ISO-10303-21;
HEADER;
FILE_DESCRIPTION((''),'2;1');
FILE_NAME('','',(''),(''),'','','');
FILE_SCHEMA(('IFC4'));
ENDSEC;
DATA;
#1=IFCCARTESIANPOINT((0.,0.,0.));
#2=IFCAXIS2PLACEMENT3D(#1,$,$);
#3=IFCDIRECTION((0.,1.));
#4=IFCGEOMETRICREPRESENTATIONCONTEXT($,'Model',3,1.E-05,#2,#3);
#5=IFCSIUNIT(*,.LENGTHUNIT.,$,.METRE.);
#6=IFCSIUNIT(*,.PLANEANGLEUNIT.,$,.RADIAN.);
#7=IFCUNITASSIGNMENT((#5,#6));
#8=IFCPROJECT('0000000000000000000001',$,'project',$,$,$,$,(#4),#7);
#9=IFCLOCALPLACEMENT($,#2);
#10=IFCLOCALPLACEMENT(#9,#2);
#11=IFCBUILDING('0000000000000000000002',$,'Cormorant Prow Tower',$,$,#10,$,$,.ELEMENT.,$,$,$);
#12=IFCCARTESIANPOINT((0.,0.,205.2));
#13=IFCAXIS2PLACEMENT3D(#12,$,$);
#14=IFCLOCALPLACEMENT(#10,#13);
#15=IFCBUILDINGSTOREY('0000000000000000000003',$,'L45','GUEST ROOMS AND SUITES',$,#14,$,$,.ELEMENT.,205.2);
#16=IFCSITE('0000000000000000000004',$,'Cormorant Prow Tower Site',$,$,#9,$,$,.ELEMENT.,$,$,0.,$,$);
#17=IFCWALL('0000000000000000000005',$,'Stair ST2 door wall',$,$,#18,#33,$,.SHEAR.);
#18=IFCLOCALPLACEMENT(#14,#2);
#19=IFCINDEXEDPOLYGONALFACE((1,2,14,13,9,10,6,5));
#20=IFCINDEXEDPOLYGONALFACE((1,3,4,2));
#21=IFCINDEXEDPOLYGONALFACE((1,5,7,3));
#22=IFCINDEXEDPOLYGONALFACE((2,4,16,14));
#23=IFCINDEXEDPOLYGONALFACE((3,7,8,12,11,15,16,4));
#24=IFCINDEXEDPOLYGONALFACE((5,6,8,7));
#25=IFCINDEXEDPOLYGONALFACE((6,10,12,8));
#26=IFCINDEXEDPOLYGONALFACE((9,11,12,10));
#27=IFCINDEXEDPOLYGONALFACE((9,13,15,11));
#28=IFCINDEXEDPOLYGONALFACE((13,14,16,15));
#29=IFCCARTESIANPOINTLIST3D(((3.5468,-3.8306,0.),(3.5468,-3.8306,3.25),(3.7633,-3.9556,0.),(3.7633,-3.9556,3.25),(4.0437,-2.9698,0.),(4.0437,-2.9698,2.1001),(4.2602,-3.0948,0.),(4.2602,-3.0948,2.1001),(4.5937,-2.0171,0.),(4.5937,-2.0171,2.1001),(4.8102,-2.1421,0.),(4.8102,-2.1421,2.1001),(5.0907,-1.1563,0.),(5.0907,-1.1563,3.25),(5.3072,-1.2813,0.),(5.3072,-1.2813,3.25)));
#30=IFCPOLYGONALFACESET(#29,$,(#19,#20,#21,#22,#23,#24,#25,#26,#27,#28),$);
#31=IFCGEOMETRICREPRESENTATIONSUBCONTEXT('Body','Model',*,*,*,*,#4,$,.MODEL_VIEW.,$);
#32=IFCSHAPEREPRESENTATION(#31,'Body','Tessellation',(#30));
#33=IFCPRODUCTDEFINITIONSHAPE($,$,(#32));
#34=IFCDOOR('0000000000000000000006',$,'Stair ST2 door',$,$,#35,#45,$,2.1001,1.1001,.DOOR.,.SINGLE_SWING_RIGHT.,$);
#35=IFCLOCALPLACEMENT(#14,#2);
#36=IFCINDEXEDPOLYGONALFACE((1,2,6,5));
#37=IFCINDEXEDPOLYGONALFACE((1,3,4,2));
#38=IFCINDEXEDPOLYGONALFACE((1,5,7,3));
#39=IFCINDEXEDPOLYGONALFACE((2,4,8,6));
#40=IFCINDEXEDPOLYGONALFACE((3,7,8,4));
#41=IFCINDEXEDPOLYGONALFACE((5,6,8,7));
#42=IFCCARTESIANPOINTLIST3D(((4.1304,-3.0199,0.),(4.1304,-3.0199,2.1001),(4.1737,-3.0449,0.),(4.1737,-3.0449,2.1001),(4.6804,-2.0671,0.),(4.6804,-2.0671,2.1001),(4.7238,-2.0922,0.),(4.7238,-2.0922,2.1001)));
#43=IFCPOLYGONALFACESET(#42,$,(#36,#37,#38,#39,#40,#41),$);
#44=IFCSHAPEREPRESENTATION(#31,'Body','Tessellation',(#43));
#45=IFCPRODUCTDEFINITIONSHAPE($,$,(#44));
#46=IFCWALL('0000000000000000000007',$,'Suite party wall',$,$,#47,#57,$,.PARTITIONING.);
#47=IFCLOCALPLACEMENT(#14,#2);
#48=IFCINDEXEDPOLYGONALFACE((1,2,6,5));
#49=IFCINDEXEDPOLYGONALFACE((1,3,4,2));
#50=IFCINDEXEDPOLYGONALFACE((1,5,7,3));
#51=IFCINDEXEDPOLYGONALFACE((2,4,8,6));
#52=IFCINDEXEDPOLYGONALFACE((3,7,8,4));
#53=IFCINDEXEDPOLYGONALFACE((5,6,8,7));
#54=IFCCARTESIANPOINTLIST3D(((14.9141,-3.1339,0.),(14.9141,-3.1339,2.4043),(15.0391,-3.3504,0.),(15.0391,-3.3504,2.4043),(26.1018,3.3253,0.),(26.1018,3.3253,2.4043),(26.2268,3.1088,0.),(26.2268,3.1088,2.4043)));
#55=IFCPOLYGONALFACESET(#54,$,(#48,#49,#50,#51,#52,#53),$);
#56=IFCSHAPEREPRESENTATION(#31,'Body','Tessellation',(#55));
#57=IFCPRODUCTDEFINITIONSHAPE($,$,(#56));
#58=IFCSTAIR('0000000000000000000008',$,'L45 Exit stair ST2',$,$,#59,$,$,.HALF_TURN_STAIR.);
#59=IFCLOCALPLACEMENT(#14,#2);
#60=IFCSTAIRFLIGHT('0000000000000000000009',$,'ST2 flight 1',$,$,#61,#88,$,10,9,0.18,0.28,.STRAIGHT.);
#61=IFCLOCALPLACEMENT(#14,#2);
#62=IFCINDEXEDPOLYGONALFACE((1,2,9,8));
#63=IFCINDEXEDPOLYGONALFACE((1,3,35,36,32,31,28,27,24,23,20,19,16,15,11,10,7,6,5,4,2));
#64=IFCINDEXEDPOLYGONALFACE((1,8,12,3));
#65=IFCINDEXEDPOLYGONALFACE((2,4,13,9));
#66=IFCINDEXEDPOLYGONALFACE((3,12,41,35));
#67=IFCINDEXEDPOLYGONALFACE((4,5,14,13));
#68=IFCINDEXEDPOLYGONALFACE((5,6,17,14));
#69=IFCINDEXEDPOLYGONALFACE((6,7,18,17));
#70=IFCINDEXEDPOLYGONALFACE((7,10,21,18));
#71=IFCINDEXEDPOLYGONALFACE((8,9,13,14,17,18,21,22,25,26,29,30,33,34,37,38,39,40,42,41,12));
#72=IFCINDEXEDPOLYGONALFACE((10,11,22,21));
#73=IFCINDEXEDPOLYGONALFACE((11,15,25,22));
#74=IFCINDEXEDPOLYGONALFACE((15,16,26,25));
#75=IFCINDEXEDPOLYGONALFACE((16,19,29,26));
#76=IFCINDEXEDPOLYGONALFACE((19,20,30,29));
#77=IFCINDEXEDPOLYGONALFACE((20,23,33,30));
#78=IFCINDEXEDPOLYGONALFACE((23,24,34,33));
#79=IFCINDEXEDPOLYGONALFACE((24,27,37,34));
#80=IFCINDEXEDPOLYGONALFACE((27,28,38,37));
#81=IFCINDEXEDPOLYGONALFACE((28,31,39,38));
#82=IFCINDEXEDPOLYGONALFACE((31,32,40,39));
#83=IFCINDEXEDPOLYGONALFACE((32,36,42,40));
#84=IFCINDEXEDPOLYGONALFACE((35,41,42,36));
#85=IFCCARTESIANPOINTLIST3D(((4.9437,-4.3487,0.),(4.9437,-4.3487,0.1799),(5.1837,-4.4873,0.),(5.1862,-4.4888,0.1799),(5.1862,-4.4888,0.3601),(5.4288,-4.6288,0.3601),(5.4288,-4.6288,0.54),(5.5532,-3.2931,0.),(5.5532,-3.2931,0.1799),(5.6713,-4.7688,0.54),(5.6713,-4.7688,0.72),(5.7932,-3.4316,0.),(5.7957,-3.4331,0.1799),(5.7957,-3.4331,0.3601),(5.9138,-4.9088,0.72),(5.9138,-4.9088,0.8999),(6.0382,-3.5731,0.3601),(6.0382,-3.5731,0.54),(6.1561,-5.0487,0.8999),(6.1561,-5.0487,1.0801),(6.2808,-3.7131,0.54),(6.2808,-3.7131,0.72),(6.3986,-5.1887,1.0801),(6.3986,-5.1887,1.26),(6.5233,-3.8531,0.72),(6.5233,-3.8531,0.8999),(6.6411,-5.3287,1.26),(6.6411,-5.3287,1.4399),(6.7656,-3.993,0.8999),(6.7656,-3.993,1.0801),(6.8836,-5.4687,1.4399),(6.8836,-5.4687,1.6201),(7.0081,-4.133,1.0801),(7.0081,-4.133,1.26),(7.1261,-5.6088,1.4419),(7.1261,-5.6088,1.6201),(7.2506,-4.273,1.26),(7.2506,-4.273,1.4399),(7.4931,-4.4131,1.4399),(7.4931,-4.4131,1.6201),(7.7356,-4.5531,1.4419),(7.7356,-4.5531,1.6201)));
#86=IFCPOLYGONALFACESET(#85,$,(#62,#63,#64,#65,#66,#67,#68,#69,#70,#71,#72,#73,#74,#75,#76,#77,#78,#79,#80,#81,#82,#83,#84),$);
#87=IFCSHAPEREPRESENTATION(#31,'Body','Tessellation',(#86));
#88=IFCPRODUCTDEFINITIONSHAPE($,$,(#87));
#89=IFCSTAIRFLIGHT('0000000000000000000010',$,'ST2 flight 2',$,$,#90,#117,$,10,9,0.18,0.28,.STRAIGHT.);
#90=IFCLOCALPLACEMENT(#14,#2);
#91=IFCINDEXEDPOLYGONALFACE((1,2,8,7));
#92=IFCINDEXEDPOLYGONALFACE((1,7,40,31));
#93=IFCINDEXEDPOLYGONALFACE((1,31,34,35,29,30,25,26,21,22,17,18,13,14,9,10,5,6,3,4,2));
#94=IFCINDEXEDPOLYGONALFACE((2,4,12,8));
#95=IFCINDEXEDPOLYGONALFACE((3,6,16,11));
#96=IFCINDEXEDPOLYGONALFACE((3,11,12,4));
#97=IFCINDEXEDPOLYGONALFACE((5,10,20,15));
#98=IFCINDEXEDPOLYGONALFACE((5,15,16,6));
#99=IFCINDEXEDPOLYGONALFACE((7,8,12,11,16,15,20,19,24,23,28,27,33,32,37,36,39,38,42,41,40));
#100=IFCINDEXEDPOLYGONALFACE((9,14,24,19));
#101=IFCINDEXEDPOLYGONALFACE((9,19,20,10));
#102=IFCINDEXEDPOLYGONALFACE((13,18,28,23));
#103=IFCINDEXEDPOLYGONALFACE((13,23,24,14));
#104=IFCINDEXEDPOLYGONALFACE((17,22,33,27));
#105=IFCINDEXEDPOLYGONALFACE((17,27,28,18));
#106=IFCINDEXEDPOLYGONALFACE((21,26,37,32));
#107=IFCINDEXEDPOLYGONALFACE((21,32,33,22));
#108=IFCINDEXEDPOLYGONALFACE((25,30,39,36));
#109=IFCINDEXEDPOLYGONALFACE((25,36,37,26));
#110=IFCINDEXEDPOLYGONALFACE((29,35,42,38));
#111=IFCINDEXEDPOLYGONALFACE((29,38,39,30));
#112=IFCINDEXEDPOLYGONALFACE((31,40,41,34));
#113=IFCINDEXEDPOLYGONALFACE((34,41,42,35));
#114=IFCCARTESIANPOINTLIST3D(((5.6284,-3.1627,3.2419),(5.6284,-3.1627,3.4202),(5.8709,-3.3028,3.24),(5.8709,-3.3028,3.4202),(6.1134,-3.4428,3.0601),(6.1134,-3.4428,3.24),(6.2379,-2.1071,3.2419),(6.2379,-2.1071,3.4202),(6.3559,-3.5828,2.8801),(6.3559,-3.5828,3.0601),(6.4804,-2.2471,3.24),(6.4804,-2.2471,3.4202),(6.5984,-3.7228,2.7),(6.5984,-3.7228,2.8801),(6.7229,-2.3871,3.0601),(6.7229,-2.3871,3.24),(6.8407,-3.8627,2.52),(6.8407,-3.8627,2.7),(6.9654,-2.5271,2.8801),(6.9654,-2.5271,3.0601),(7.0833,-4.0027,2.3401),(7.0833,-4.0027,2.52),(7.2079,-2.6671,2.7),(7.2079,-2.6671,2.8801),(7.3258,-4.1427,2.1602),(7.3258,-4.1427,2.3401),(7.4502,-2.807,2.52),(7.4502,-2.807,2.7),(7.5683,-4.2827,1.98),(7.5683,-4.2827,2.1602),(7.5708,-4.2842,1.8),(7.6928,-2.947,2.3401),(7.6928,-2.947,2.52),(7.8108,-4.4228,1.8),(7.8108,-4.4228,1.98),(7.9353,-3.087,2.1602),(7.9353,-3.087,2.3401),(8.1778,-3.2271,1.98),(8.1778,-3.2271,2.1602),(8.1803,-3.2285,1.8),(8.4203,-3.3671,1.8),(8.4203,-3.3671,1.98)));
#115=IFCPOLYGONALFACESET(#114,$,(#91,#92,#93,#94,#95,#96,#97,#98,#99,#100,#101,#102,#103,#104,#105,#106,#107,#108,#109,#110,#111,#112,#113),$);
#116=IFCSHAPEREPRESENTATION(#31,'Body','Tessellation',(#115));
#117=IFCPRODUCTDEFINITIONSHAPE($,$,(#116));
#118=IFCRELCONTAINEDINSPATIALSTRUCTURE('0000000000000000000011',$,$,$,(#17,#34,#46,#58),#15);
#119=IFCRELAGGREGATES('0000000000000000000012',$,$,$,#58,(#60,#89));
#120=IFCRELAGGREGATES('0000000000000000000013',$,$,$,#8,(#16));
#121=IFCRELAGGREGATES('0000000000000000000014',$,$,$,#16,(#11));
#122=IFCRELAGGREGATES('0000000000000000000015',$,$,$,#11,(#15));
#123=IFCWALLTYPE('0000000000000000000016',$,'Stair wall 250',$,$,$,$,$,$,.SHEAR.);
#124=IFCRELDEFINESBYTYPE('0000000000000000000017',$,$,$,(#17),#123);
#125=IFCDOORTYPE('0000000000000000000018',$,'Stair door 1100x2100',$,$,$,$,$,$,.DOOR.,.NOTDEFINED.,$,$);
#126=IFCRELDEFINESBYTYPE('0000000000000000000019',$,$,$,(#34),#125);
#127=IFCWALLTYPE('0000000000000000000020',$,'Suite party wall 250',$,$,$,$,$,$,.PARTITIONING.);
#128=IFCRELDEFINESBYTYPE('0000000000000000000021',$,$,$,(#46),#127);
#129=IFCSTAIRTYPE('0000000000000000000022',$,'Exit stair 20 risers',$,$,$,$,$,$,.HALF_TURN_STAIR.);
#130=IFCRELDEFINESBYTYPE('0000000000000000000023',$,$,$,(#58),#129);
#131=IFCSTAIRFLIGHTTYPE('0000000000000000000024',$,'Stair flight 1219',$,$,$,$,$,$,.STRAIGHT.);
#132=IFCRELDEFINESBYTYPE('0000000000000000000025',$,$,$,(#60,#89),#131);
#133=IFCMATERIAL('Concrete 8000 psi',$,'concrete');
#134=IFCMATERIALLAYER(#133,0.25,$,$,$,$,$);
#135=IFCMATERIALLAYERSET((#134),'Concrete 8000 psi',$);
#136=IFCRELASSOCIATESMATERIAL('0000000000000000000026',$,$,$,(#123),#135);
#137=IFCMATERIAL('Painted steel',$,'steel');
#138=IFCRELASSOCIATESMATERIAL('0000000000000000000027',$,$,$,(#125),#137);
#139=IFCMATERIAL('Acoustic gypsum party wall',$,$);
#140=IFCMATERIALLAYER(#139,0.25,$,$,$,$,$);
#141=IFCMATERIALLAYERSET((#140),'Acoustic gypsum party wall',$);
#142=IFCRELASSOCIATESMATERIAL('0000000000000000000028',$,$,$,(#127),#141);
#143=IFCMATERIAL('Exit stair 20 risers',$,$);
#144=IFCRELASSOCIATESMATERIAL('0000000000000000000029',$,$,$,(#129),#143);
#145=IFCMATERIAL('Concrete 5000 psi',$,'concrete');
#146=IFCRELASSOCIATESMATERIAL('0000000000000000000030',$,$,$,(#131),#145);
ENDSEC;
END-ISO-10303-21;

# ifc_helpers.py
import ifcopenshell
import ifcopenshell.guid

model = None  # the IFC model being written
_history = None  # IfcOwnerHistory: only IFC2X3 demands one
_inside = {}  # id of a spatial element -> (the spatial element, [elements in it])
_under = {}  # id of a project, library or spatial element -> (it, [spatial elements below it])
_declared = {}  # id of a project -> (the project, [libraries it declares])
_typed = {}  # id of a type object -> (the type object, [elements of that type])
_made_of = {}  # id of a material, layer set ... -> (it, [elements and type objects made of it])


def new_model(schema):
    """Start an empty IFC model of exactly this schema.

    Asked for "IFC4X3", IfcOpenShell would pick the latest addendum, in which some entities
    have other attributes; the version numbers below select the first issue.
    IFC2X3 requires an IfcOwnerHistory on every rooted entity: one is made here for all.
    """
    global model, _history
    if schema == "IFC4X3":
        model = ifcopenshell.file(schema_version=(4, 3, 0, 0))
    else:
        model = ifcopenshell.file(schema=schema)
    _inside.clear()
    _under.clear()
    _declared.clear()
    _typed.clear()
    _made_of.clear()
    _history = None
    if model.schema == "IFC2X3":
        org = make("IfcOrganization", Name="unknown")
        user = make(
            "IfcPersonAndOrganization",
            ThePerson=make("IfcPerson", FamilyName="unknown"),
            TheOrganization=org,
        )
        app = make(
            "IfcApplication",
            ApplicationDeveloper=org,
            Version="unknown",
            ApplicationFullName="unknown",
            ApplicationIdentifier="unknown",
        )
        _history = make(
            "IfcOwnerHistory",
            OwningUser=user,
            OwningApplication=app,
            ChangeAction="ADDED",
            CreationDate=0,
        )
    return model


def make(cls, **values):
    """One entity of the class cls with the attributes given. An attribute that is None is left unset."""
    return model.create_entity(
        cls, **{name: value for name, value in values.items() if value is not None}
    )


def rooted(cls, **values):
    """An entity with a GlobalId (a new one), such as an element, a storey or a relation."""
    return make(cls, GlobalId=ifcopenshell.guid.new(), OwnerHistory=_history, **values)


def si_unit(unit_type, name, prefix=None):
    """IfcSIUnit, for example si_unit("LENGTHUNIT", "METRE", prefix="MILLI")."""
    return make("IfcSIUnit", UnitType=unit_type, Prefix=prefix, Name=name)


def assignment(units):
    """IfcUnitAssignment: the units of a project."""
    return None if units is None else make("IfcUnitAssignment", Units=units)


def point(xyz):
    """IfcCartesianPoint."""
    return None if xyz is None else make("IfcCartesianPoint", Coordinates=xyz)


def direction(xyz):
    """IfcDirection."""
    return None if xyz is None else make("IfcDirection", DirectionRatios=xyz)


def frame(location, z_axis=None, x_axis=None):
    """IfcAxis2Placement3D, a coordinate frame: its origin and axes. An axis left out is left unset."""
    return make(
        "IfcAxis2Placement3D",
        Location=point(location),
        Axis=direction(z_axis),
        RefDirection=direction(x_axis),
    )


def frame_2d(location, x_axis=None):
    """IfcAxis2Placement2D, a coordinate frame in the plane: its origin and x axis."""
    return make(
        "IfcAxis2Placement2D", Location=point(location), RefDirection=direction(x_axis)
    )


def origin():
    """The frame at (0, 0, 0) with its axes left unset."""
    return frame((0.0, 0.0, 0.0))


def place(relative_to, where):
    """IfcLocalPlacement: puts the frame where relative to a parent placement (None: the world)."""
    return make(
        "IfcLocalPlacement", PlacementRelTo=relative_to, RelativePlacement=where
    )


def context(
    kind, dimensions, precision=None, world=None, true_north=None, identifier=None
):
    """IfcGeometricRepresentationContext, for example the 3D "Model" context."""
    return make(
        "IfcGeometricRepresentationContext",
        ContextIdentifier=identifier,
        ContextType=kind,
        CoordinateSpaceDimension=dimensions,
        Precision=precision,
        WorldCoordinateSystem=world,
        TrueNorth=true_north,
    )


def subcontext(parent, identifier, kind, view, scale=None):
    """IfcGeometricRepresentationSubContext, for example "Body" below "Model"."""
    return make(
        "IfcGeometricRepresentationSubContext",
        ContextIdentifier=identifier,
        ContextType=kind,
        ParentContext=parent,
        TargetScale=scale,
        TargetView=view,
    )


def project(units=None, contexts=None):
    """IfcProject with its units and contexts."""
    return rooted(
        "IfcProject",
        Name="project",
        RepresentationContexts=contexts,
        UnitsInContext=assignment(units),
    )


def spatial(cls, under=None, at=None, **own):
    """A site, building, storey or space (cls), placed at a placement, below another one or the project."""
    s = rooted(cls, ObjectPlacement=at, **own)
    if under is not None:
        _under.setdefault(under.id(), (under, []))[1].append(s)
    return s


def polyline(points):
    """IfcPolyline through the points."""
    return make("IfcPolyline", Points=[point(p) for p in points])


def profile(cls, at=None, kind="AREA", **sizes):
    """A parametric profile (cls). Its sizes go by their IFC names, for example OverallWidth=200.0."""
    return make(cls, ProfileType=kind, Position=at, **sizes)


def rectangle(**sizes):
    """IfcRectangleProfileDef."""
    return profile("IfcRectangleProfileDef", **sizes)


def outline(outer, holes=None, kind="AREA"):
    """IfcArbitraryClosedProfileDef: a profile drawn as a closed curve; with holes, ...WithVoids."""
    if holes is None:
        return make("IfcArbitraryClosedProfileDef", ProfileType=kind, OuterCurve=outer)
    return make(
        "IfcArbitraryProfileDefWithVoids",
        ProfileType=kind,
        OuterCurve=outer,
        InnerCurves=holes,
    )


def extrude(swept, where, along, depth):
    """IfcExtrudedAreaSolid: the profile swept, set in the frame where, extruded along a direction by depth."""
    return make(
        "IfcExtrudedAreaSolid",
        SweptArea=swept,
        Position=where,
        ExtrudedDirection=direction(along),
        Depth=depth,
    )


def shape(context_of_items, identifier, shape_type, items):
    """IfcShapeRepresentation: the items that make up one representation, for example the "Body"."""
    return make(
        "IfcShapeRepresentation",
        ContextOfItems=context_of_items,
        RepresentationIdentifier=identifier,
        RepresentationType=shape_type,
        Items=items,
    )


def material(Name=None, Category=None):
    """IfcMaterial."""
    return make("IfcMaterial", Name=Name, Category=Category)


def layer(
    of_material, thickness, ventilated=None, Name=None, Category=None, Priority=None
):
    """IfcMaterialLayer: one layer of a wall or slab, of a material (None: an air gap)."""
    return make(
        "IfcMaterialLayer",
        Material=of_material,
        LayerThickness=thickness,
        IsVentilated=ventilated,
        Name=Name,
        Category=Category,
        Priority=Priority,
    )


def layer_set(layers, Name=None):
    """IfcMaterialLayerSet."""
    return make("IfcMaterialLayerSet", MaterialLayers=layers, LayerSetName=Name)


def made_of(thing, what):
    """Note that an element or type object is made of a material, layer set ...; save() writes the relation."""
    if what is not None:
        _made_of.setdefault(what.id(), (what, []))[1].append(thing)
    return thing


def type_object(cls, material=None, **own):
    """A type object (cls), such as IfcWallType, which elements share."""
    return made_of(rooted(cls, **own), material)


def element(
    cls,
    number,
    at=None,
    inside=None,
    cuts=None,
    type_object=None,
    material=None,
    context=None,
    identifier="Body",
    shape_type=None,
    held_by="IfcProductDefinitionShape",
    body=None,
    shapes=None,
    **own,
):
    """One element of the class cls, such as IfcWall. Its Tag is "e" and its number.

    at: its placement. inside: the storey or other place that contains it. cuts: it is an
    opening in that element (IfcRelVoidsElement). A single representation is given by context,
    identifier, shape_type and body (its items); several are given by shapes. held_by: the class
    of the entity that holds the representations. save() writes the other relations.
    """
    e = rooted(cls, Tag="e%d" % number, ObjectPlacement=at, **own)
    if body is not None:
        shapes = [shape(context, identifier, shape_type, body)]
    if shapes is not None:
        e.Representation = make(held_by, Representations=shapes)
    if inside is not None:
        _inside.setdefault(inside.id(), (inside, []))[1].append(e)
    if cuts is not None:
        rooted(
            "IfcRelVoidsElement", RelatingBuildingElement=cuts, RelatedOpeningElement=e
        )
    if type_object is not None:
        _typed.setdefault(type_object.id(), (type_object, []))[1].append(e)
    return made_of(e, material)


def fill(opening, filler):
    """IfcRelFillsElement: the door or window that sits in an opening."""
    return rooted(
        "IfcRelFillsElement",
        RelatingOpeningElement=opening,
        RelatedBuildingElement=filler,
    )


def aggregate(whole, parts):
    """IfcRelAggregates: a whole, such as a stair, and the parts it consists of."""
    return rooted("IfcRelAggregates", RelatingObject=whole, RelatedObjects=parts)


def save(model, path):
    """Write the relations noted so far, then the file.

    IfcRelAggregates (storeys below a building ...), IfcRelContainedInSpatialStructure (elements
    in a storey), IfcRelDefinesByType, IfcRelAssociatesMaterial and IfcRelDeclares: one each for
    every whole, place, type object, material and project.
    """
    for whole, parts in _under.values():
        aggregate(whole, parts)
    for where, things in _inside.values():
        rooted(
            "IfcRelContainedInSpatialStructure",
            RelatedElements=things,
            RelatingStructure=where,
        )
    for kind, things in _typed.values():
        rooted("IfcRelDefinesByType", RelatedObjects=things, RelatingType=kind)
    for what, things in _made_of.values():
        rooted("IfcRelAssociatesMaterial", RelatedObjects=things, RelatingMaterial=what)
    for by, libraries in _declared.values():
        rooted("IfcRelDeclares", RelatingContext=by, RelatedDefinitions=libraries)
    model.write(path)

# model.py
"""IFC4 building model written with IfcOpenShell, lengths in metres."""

from ifc_helpers import new_model, si_unit, direction, frame, frame_2d, origin, place, context, subcontext, project, spatial, polyline, rectangle, outline, extrude, material, layer, layer_set, type_object, element, fill, aggregate, save


model = new_model("IFC4")

# Units and contexts
model_context = context("Model", 3, precision=1e-05, world=origin(), true_north=direction((0.0, 1.0)))
body_context = subcontext(model_context, "Body", "Model", "MODEL_VIEW")
ifc_project = project(units=[si_unit("LENGTHUNIT", "METRE"), si_unit("PLANEANGLEUNIT", "RADIAN")], contexts=[model_context])

# Site, building, storey
site_placement = place(None, origin())
site = spatial("IfcSite", under=ifc_project, at=site_placement, Name="Cormorant Prow Tower Site", CompositionType="ELEMENT", RefElevation=0.0)
building_placement = place(site_placement, origin())
building = spatial("IfcBuilding", under=site, at=building_placement, Name="Cormorant Prow Tower", CompositionType="ELEMENT")
storey_placement = place(building_placement, frame((0.0, 0.0, 205.2)))
storey = spatial("IfcBuildingStorey", under=building, at=storey_placement, Name="L45", Description="GUEST ROOMS AND SUITES", CompositionType="ELEMENT", Elevation=205.2)

# Wall, opening, door
ifc_material_1 = material(Name="Concrete 8000 psi", Category="concrete")
ifc_layer_1 = layer(ifc_material_1, 0.25)
ifc_layer_set_1 = layer_set([ifc_layer_1], Name="Concrete 8000 psi")
wall_type_1 = type_object("IfcWallType", Name="Stair wall 250", PredefinedType="SHEAR", material=ifc_layer_set_1)
wall_1_placement = place(storey_placement, frame((3.655, -3.8931, 0.0), z_axis=(0.0, 0.0, 1.0), x_axis=(0.499983, 0.866035, 0.0)))
wall_1 = element("IfcWall", 1, at=wall_1_placement, inside=storey, type_object=wall_type_1, Name="Stair ST2 door wall", PredefinedType="SHEAR", context=body_context, shape_type="SweptSolid", body=[
    extrude(rectangle(XDim=3.0879, YDim=0.25, at=frame_2d((1.5439, 0.0))), origin(), (0.0, 0.0, 1.0), 3.25),
])
opening_1_placement = place(wall_1_placement, frame((0.9939, 0.0, 0.0)))
opening_1 = element("IfcOpeningElement", 2, at=opening_1_placement, cuts=wall_1, PredefinedType="OPENING", context=body_context, shape_type="SweptSolid", body=[
    extrude(rectangle(XDim=1.1001, YDim=2.1001, at=frame_2d((0.55, 1.05))), frame((0.0, 0.135, 0.0), z_axis=(0.0, -1.0, 0.0), x_axis=(1.0, 0.0, 0.0)), (0.0, 0.0, 1.0), 0.27),
])
ifc_material_2 = material(Name="Painted steel", Category="steel")
door_type_1 = type_object("IfcDoorType", Name="Stair door 1100x2100", OperationType="NOTDEFINED", PredefinedType="DOOR", material=ifc_material_2)
door_1_placement = place(opening_1_placement, origin())
door_1 = element("IfcDoor", 3, at=door_1_placement, inside=storey, type_object=door_type_1, Name="Stair ST2 door", OperationType="SINGLE_SWING_RIGHT", OverallHeight=2.1001, OverallWidth=1.1001, PredefinedType="DOOR", context=body_context, shape_type="SweptSolid", body=[
    extrude(rectangle(XDim=1.1001, YDim=2.1001, at=frame_2d((0.55, 1.05))), frame((0.0, 0.0249, 0.0), z_axis=(0.0, -1.0, 0.0), x_axis=(1.0, 0.0, 0.0)), (0.0, 0.0, 1.0), 0.05),
])
fill(opening_1, door_1)

# Wall
ifc_material_3 = material(Name="Acoustic gypsum party wall")
ifc_layer_2 = layer(ifc_material_3, 0.25)
ifc_layer_set_2 = layer_set([ifc_layer_2], Name="Acoustic gypsum party wall")
wall_type_2 = type_object("IfcWallType", Name="Suite party wall 250", PredefinedType="PARTITIONING", material=ifc_layer_set_2)
wall_2_placement = place(storey_placement, frame((14.9766, -3.2422, 0.0), z_axis=(0.0, 0.0, 1.0), x_axis=(0.866026, 0.499999, 0.0)))
element("IfcWall", 4, at=wall_2_placement, inside=storey, type_object=wall_type_2, Name="Suite party wall", PredefinedType="PARTITIONING", context=body_context, shape_type="SweptSolid", body=[
    extrude(rectangle(XDim=12.9185, YDim=0.25, at=frame_2d((6.4592, 0.0))), origin(), (0.0, 0.0, 1.0), 2.4043),
])

# Stair, stair flights
ifc_material_4 = material(Name="Exit stair 20 risers")
stair_type = type_object("IfcStairType", Name="Exit stair 20 risers", PredefinedType="HALF_TURN_STAIR", material=ifc_material_4)
stair_placement = place(storey_placement, origin())
stair = element("IfcStair", 5, at=stair_placement, inside=storey, type_object=stair_type, Name="L45 Exit stair ST2", PredefinedType="HALF_TURN_STAIR")
ifc_material_5 = material(Name="Concrete 5000 psi", Category="concrete")
stair_flight_type = type_object("IfcStairFlightType", Name="Stair flight 1219", PredefinedType="STRAIGHT", material=ifc_material_5)
stair_flight_1_placement = place(storey_placement, frame((5.2485, -3.8208, 0.0), z_axis=(0.0, 0.0, 1.0), x_axis=(0.866025, -0.5, 0.0)))
stair_flight_1 = element("IfcStairFlight", 6, at=stair_flight_1_placement, type_object=stair_flight_type, Name="ST2 flight 1", NumberOfRisers=10, NumberOfTreads=9, PredefinedType="STRAIGHT", RiserHeight=0.18, TreadLength=0.28, context=body_context, shape_type="SweptSolid", body=[
    extrude(outline(polyline([(0.0, 0.0), (0.0, 0.1799), (0.28, 0.1799), (0.28, 0.3601), (0.5601, 0.3601), (0.5601, 0.54), (0.8401, 0.54), (0.8401, 0.72), (1.1201, 0.72), (1.1201, 0.8999), (1.3999, 0.8999), (1.3999, 1.0801), (1.6799, 1.0801), (1.6799, 1.26), (1.96, 1.26), (1.96, 1.4399), (2.24, 1.4399), (2.24, 1.6201), (2.52, 1.6201), (2.52, 1.8), (2.52, 1.4419), (0.2771, 0.0), (0.0, 0.0)])), frame((0.0, 0.6094, 0.0), z_axis=(0.0, -1.0, 0.0), x_axis=(1.0, 0.0, 0.0)), (0.0, 0.0, 1.0), 1.219),
])
stair_flight_2_placement = place(storey_placement, frame((8.1155, -3.895, 1.8), z_axis=(0.0, 0.0, 1.0), x_axis=(-0.866025, 0.5, 0.0)))
stair_flight_2 = element("IfcStairFlight", 7, at=stair_flight_2_placement, type_object=stair_flight_type, Name="ST2 flight 2", NumberOfRisers=10, NumberOfTreads=9, PredefinedType="STRAIGHT", RiserHeight=0.18, TreadLength=0.28, context=body_context, shape_type="SweptSolid", body=[
    extrude(outline(polyline([(0.0, 0.0), (0.0, 0.1799), (0.28, 0.1799), (0.28, 0.3601), (0.5601, 0.3601), (0.5601, 0.54), (0.8401, 0.54), (0.8401, 0.72), (1.1201, 0.72), (1.1201, 0.8999), (1.3999, 0.8999), (1.3999, 1.0801), (1.6799, 1.0801), (1.6799, 1.26), (1.96, 1.26), (1.96, 1.4399), (2.24, 1.4399), (2.24, 1.6201), (2.52, 1.6201), (2.52, 1.8), (2.52, 1.4419), (0.2771, 0.0), (0.0, 0.0)])), frame((0.0, 0.6094, 0.0), z_axis=(0.0, -1.0, 0.0), x_axis=(1.0, 0.0, 0.0)), (0.0, 0.0, 1.0), 1.219),
])
aggregate(stair, [stair_flight_1, stair_flight_2])

save(model, "model.ifc")
